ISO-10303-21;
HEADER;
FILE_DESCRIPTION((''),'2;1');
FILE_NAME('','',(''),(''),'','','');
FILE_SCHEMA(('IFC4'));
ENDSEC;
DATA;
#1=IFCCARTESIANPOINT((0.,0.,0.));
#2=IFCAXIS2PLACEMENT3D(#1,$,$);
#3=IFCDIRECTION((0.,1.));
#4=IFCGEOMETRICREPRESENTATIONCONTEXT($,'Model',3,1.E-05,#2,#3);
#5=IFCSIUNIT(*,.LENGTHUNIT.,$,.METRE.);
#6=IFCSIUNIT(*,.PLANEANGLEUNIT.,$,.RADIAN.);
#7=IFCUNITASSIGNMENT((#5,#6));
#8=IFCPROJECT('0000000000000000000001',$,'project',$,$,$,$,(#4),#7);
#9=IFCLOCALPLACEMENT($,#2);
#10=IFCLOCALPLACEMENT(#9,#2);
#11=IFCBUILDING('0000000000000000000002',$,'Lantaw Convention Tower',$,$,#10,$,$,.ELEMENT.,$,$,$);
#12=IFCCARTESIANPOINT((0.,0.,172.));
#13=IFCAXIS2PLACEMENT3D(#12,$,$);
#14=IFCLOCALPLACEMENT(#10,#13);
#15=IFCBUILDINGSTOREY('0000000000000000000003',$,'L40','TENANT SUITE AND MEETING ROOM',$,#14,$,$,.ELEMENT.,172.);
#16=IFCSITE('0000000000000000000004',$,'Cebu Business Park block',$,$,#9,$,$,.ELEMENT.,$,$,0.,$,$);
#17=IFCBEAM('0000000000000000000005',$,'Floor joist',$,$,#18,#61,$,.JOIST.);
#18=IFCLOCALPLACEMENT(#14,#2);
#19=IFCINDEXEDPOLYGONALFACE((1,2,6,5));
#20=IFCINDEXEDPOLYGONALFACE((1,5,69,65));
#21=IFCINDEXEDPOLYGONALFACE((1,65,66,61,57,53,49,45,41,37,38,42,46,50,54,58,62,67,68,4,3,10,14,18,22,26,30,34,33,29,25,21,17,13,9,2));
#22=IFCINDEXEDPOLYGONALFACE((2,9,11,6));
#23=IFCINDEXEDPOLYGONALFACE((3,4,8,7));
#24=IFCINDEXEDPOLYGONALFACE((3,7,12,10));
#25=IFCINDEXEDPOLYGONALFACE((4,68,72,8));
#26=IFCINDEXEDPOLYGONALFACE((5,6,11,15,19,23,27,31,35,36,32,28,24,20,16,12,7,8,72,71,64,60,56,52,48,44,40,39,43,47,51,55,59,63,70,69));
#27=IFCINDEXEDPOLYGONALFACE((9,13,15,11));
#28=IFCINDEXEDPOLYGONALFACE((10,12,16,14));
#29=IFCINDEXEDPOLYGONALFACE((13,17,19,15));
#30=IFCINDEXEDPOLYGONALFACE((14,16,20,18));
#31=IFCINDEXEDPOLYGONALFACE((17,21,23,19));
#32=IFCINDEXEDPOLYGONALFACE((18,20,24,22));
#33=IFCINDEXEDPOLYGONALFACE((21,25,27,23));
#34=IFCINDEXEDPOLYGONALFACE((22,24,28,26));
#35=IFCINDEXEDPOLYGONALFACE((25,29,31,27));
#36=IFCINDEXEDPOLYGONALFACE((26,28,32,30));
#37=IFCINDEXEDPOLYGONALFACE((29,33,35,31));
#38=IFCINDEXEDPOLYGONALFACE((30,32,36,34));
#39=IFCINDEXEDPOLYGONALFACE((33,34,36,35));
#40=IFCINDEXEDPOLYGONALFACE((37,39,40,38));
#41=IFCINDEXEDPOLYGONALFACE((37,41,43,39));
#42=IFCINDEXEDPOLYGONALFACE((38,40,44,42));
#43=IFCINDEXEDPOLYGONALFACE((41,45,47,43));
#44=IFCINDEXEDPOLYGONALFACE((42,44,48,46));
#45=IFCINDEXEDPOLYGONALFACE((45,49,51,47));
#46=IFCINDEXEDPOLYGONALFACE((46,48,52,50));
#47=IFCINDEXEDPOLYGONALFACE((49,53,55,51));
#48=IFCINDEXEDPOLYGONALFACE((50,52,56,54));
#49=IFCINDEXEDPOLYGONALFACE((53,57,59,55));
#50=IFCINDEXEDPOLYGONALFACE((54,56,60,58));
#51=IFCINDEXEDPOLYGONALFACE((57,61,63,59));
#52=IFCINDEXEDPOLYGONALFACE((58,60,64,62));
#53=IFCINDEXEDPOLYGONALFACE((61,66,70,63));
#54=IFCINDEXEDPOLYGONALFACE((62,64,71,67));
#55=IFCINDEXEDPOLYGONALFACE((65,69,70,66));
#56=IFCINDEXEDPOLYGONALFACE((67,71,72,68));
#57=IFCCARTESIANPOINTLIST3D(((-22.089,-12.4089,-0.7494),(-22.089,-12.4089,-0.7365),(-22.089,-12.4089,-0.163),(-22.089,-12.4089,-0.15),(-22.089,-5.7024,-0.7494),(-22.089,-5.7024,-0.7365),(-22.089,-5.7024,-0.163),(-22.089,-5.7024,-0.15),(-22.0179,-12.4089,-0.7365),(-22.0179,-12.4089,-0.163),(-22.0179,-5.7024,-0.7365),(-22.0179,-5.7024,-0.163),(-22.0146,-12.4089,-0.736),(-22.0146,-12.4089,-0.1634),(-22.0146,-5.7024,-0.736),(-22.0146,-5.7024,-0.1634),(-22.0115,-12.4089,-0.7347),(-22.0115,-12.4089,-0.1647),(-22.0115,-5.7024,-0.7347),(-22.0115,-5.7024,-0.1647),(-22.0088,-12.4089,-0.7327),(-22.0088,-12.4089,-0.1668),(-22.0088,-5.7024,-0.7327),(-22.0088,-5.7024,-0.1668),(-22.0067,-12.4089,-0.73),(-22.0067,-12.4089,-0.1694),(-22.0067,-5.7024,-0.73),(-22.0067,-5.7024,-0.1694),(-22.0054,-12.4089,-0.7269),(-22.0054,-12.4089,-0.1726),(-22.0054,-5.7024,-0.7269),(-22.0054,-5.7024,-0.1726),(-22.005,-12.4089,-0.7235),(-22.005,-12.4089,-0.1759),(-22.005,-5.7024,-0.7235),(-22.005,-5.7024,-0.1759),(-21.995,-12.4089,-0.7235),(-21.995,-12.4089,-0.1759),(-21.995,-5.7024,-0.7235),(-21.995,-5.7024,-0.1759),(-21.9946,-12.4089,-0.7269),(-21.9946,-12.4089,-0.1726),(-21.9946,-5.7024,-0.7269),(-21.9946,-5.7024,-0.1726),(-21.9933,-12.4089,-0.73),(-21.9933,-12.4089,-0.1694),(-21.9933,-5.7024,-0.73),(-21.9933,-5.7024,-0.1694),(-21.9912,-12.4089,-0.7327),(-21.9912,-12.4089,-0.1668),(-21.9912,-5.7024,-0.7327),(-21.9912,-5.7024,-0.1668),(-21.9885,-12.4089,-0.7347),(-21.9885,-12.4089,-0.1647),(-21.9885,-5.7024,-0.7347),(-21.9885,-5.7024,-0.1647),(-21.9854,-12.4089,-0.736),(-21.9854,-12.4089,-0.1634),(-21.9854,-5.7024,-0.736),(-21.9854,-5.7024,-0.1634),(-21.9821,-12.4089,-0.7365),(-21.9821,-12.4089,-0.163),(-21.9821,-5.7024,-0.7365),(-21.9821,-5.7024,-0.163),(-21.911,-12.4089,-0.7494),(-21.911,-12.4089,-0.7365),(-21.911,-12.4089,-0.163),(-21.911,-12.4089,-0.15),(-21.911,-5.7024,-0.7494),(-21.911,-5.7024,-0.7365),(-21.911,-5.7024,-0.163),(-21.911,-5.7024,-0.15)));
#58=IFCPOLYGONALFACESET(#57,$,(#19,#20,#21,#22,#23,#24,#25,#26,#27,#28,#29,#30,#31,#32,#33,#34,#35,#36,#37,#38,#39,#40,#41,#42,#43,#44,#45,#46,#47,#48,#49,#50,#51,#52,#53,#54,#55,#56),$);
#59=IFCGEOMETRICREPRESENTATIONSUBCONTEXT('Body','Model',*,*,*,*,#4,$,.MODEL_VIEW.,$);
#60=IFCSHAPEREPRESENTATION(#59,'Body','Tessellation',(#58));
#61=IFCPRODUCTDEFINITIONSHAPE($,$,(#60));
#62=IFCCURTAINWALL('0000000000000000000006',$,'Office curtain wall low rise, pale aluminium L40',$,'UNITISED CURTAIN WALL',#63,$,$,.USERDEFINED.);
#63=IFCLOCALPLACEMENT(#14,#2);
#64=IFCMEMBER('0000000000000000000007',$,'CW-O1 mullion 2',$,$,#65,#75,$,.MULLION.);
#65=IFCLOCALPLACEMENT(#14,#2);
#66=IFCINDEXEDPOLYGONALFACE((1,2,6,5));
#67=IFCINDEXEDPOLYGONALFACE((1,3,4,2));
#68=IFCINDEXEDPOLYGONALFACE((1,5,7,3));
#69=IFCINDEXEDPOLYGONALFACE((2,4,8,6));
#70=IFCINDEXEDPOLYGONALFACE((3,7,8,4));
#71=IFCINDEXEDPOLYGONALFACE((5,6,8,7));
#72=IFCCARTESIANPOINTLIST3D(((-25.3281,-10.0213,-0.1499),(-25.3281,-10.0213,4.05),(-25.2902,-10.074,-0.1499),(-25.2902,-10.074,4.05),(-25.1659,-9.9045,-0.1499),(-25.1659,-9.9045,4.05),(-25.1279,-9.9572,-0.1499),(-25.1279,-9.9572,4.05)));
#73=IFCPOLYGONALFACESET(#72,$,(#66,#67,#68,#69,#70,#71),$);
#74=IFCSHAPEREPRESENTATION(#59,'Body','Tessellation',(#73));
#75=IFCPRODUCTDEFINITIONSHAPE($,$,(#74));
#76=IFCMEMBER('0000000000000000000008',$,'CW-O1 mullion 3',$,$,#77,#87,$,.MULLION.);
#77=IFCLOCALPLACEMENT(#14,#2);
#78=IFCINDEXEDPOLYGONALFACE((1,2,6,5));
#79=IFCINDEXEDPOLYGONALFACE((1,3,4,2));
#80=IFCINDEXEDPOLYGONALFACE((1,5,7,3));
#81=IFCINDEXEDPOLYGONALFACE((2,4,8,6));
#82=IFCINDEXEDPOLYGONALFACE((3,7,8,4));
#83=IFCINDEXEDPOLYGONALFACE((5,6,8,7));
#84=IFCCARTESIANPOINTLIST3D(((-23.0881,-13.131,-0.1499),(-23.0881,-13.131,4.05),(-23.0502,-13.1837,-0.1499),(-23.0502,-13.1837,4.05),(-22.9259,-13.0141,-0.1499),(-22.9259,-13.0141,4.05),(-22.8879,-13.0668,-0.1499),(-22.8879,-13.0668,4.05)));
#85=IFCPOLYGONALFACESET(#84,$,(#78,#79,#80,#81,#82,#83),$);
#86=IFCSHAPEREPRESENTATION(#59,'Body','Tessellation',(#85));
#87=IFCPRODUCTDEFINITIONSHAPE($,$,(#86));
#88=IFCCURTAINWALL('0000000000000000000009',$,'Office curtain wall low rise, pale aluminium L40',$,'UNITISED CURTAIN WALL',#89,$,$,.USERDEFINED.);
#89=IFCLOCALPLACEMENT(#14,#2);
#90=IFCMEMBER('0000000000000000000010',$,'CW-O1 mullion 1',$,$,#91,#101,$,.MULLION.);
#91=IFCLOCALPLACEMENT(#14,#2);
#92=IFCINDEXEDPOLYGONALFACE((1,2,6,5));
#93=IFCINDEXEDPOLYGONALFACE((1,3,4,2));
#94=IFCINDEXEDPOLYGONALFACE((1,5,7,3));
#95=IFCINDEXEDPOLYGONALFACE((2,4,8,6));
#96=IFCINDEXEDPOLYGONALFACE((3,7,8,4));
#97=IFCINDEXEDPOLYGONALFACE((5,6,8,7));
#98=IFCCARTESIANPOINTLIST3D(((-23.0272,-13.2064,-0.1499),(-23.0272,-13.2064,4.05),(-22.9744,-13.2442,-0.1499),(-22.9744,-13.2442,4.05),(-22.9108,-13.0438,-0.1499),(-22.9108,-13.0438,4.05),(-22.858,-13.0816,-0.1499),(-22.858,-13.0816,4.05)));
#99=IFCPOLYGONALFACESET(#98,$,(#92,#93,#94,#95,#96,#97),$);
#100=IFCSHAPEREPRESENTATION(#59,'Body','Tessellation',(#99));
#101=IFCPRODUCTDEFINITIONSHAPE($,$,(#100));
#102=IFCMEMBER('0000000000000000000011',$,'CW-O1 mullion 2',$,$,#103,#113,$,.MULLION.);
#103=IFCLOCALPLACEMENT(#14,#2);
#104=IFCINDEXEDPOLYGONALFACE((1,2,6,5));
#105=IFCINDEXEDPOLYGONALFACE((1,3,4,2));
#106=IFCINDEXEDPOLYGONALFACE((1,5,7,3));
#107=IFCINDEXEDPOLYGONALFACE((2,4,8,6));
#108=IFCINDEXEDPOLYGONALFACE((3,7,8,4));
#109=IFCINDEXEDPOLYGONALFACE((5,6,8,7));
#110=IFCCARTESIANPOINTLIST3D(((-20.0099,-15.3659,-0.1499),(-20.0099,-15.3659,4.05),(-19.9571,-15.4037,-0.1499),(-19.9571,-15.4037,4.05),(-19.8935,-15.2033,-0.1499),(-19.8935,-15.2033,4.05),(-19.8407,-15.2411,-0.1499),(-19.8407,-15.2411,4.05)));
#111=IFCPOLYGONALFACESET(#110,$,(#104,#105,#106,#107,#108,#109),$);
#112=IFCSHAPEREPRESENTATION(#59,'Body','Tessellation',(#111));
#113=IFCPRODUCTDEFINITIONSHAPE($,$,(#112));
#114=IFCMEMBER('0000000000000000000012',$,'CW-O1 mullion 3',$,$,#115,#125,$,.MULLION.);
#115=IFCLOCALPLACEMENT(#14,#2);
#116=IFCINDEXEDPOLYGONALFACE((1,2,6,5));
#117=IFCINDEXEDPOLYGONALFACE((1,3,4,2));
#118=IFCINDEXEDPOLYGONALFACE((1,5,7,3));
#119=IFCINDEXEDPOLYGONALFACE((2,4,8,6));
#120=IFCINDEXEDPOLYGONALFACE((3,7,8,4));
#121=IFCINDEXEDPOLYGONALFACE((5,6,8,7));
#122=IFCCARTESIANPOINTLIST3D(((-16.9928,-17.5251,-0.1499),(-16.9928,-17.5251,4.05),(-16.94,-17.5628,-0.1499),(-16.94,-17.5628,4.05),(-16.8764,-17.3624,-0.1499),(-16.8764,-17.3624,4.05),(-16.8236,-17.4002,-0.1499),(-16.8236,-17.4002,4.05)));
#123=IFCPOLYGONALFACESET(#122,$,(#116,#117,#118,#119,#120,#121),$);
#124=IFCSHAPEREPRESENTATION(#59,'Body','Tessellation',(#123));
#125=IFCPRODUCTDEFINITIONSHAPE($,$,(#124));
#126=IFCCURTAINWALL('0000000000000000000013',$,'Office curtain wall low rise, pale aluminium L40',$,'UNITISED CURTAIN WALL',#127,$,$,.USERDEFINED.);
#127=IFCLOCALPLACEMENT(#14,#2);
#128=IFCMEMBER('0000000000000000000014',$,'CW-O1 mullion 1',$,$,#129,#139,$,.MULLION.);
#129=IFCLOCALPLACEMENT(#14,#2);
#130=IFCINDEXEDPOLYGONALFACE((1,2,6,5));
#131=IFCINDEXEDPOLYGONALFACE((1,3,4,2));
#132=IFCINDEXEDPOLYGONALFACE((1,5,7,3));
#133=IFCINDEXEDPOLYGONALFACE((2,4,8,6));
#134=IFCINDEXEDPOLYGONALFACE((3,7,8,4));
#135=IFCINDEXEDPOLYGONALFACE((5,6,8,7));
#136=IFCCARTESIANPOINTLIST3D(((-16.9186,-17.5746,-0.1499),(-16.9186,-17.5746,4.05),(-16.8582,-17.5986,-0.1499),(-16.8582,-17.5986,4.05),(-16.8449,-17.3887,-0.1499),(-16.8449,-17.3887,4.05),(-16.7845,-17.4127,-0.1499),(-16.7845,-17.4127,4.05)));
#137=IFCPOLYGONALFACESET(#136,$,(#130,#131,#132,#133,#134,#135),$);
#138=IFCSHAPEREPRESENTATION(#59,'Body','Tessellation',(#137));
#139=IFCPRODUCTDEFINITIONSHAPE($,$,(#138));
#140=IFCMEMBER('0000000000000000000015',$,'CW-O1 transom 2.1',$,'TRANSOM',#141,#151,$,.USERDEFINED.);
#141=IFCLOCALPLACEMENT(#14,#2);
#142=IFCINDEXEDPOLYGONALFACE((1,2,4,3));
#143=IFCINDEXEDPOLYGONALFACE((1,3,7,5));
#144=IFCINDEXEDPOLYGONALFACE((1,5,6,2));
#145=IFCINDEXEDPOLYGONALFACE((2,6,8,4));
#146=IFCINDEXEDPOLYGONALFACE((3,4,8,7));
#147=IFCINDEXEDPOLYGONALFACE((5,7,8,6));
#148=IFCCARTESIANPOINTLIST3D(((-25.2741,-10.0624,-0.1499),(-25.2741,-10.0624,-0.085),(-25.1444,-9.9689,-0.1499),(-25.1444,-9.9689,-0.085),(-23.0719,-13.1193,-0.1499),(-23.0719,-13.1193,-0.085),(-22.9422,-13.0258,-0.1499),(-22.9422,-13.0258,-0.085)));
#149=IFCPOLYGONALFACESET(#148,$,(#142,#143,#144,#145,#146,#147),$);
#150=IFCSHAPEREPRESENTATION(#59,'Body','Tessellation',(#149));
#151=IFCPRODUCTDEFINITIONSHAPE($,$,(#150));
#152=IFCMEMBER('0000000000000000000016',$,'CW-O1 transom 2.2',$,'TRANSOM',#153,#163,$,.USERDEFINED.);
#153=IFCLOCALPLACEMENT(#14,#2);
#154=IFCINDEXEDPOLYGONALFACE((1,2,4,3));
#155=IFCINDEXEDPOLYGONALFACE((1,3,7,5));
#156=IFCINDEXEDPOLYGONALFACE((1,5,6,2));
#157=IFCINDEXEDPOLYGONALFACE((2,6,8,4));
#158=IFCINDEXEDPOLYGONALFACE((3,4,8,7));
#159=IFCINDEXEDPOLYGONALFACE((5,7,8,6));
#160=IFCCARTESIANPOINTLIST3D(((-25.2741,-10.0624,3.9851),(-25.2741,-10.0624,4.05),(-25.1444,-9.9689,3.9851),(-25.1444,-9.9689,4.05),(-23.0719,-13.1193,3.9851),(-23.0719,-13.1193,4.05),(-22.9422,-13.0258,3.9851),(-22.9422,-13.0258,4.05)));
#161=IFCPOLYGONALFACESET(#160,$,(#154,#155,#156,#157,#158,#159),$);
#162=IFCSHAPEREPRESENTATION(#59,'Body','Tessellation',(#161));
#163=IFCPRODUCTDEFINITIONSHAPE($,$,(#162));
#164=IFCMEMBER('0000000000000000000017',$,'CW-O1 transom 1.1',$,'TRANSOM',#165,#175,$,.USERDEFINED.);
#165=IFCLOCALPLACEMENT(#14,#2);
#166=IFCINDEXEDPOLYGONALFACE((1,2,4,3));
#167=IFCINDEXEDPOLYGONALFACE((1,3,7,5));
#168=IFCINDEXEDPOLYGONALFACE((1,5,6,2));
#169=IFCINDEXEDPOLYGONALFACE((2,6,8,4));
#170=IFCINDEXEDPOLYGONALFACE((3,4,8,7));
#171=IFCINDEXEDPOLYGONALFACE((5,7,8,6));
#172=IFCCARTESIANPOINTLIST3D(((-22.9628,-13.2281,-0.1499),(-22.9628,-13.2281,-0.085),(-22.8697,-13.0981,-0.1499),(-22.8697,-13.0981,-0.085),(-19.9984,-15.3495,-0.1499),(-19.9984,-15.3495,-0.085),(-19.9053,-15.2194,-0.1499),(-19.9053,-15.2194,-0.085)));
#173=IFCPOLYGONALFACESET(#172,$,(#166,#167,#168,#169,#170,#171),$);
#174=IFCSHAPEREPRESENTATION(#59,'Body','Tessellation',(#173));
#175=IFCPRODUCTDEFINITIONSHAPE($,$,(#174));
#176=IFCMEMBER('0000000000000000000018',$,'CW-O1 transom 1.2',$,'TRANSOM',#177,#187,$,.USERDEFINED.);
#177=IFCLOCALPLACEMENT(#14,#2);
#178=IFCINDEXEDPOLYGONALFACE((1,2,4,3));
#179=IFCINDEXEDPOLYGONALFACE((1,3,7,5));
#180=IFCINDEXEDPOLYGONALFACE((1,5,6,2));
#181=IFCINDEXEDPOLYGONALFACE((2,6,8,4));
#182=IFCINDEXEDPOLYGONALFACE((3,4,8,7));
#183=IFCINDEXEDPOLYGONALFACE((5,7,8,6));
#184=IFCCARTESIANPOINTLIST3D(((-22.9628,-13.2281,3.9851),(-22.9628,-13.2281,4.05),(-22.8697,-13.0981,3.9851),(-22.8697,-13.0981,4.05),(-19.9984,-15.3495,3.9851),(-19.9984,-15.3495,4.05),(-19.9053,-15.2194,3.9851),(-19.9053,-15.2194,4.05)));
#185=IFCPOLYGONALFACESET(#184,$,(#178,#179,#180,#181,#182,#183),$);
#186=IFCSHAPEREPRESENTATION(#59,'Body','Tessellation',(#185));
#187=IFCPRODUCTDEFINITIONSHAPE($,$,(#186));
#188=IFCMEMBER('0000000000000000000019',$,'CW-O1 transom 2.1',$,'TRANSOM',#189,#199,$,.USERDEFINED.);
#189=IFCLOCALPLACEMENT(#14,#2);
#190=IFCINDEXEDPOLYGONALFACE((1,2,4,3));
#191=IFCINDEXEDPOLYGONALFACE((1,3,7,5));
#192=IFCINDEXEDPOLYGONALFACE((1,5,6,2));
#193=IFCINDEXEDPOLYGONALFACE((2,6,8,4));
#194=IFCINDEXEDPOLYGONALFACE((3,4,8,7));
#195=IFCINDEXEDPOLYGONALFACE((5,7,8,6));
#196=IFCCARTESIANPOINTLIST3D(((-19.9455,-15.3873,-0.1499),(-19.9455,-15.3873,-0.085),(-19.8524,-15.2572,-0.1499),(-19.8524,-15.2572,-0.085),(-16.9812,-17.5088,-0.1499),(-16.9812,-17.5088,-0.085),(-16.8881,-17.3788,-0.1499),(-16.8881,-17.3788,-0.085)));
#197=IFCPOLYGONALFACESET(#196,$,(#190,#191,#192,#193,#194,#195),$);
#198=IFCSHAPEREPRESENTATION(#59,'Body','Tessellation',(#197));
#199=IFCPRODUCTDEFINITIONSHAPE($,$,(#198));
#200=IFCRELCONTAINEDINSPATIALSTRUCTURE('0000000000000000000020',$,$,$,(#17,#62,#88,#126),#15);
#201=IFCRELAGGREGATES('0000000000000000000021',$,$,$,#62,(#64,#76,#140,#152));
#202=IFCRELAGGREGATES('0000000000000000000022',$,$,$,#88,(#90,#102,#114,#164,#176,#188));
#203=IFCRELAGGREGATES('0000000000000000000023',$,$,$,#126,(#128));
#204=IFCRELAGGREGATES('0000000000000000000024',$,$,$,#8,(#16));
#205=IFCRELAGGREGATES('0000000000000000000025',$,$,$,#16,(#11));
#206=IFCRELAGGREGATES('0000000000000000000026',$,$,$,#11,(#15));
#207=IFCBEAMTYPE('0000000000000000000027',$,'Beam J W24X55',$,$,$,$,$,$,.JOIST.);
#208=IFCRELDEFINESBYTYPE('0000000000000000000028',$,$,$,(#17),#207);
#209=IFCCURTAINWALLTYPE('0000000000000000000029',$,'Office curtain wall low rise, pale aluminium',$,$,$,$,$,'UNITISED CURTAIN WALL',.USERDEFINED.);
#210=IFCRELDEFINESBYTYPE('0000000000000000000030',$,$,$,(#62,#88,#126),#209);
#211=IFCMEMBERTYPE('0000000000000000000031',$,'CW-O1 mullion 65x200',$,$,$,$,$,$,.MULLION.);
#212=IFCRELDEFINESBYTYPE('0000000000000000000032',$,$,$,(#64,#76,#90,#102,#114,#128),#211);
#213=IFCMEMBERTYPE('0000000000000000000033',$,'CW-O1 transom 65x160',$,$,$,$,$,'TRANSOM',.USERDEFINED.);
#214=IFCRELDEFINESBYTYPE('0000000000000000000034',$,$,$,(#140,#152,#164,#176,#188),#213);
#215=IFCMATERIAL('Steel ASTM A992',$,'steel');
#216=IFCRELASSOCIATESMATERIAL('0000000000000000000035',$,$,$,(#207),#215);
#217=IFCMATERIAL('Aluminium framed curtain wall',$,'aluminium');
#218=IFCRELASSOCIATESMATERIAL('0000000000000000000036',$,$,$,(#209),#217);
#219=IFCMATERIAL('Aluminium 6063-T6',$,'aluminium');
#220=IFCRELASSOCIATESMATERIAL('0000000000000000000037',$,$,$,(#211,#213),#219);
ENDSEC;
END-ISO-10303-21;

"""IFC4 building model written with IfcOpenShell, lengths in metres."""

from ifc_helpers import new_model, si_unit, direction, frame, origin, origin_2d, place, context, subcontext, project, spatial, rectangle, i_section, extrude, material, material_profile, profile_set, type_object, element, aggregate, save


model = new_model("IFC4")

# Units and contexts
model_context = context("Model", 3, precision=1e-05, world=origin(), true_north=direction((0.0, 1.0)))
body_context = subcontext(model_context, "Body", "Model", "MODEL_VIEW")
ifc_project = project(units=[si_unit("LENGTHUNIT", "METRE"), si_unit("PLANEANGLEUNIT", "RADIAN")], contexts=[model_context])

# Site, building, storey
site_placement = place(None, origin())
site = spatial("IfcSite", under=ifc_project, at=site_placement, Name="Cebu Business Park block", CompositionType="ELEMENT", RefElevation=0.0)
building_placement = place(site_placement, origin())
building = spatial("IfcBuilding", under=site, at=building_placement, Name="Lantaw Convention Tower", CompositionType="ELEMENT")
storey_placement = place(building_placement, frame((0.0, 0.0, 172.0)))
storey = spatial("IfcBuildingStorey", under=building, at=storey_placement, Name="L40", Description="TENANT SUITE AND MEETING ROOM", CompositionType="ELEMENT", Elevation=172.0)

# Beam
ifc_material_1 = material(Name="Steel ASTM A992", Category="steel")
ifc_material_profile_1 = material_profile(ifc_material_1, i_section(OverallWidth=0.178, OverallDepth=0.5994, WebThickness=0.01, FlangeThickness=0.0129, FilletRadius=0.0129, at=origin_2d()), Name="W24X55")
ifc_profile_set_1 = profile_set([ifc_material_profile_1], Name="Steel ASTM A992")
beam_type_1 = type_object("IfcBeamType", Name="Beam J W24X55", PredefinedType="JOIST", material=ifc_profile_set_1)
beam_1_placement = place(storey_placement, frame((-22.0, -12.4089, -0.4497), z_axis=(0.0, 1.0, 0.0), x_axis=(-1.0, 0.0, 0.0)))
element("IfcBeam", 1, at=beam_1_placement, inside=storey, type_object=beam_type_1, Name="Floor joist", PredefinedType="JOIST", context=body_context, shape_type="SweptSolid", body=[
    extrude(i_section(OverallWidth=0.178, OverallDepth=0.5994, WebThickness=0.01, FlangeThickness=0.0129, FilletRadius=0.0129, at=origin_2d()), origin(), (0.0, 0.0, 1.0), 6.7065),
])

# Curtain walls, members
ifc_material_2 = material(Name="Aluminium framed curtain wall", Category="aluminium")
curtain_wall_type = type_object("IfcCurtainWallType", Name="Office curtain wall low rise, pale aluminium", ElementType="UNITISED CURTAIN WALL", PredefinedType="USERDEFINED", material=ifc_material_2)
curtain_wall_1_placement = place(storey_placement, origin())
curtain_wall_1 = element("IfcCurtainWall", 2, at=curtain_wall_1_placement, inside=storey, type_object=curtain_wall_type, Name="Office curtain wall low rise, pale aluminium L40", ObjectType="UNITISED CURTAIN WALL", PredefinedType="USERDEFINED")
ifc_material_3 = material(Name="Aluminium 6063-T6", Category="aluminium")
ifc_material_profile_2 = material_profile(ifc_material_3, rectangle(XDim=0.2, YDim=0.0649, at=origin_2d()), Name="CW-O1 mullion 65x200")
ifc_profile_set_2 = profile_set([ifc_material_profile_2], Name="Aluminium 6063-T6")
member_type_1 = type_object("IfcMemberType", Name="CW-O1 mullion 65x200", PredefinedType="MULLION", material=ifc_profile_set_2)
member_1_placement = place(storey_placement, frame((-25.228, -9.9893, -0.1499), z_axis=(0.0, 0.0, 1.0), x_axis=(0.811385, 0.584513, 0.0)))
member_1 = element("IfcMember", 3, at=member_1_placement, type_object=member_type_1, Name="CW-O1 mullion 2", PredefinedType="MULLION", context=body_context, shape_type="SweptSolid", body=[
    extrude(rectangle(XDim=0.2, YDim=0.0649, at=origin_2d()), origin(), (0.0, 0.0, 1.0), 4.2),
])
member_2_placement = place(storey_placement, frame((-22.988, -13.0989, -0.1499), z_axis=(0.0, 0.0, 1.0), x_axis=(0.811385, 0.584513, 0.0)))
member_2 = element("IfcMember", 4, at=member_2_placement, type_object=member_type_1, Name="CW-O1 mullion 3", PredefinedType="MULLION", context=body_context, shape_type="SweptSolid", body=[
    extrude(rectangle(XDim=0.2, YDim=0.0649, at=origin_2d()), origin(), (0.0, 0.0, 1.0), 4.2),
])
curtain_wall_2_placement = place(storey_placement, origin())
curtain_wall_2 = element("IfcCurtainWall", 5, at=curtain_wall_2_placement, inside=storey, type_object=curtain_wall_type, Name="Office curtain wall low rise, pale aluminium L40", ObjectType="UNITISED CURTAIN WALL", PredefinedType="USERDEFINED")
member_3_placement = place(storey_placement, frame((-22.9426, -13.144, -0.1499), z_axis=(0.0, 0.0, 1.0), x_axis=(0.581973, 0.813208, 0.0)))
member_3 = element("IfcMember", 6, at=member_3_placement, type_object=member_type_1, Name="CW-O1 mullion 1", PredefinedType="MULLION", context=body_context, shape_type="SweptSolid", body=[
    extrude(rectangle(XDim=0.2, YDim=0.0649, at=origin_2d()), origin(), (0.0, 0.0, 1.0), 4.2),
])
member_4_placement = place(storey_placement, frame((-19.9253, -15.3035, -0.1499), z_axis=(0.0, 0.0, 1.0), x_axis=(0.581973, 0.813208, 0.0)))
member_4 = element("IfcMember", 7, at=member_4_placement, type_object=member_type_1, Name="CW-O1 mullion 2", PredefinedType="MULLION", context=body_context, shape_type="SweptSolid", body=[
    extrude(rectangle(XDim=0.2, YDim=0.0649, at=origin_2d()), origin(), (0.0, 0.0, 1.0), 4.2),
])
member_5_placement = place(storey_placement, frame((-16.9082, -17.4626, -0.1499), z_axis=(0.0, 0.0, 1.0), x_axis=(0.581973, 0.813208, 0.0)))
member_5 = element("IfcMember", 8, at=member_5_placement, type_object=member_type_1, Name="CW-O1 mullion 3", PredefinedType="MULLION", context=body_context, shape_type="SweptSolid", body=[
    extrude(rectangle(XDim=0.2, YDim=0.0649, at=origin_2d()), origin(), (0.0, 0.0, 1.0), 4.2),
])

# Curtain wall, member
curtain_wall_3_placement = place(storey_placement, origin())
curtain_wall_3 = element("IfcCurtainWall", 9, at=curtain_wall_3_placement, inside=storey, type_object=curtain_wall_type, Name="Office curtain wall low rise, pale aluminium L40", ObjectType="UNITISED CURTAIN WALL", PredefinedType="USERDEFINED")
member_6_placement = place(storey_placement, frame((-16.8516, -17.4937, -0.1499), z_axis=(0.0, 0.0, 1.0), x_axis=(0.368702, 0.929548, 0.0)))
member_6 = element("IfcMember", 10, at=member_6_placement, type_object=member_type_1, Name="CW-O1 mullion 1", PredefinedType="MULLION", context=body_context, shape_type="SweptSolid", body=[
    extrude(rectangle(XDim=0.2, YDim=0.0649, at=origin_2d()), origin(), (0.0, 0.0, 1.0), 4.2),
])

# Members
ifc_material_profile_3 = material_profile(ifc_material_3, rectangle(XDim=0.1599, YDim=0.0649, at=origin_2d()), Name="CW-O1 transom 65x160")
ifc_profile_set_3 = profile_set([ifc_material_profile_3], Name="Aluminium 6063-T6")
member_type_2 = type_object("IfcMemberType", Name="CW-O1 transom 65x160", ElementType="TRANSOM", PredefinedType="USERDEFINED", material=ifc_profile_set_3)
member_7_placement = place(storey_placement, frame((-25.2092, -10.0156, -0.1174), z_axis=(0.584513, -0.811384, 0.0), x_axis=(0.811384, 0.584513, 0.0)))
member_7 = element("IfcMember", 11, at=member_7_placement, type_object=member_type_2, Name="CW-O1 transom 2.1", ObjectType="TRANSOM", PredefinedType="USERDEFINED", context=body_context, shape_type="SweptSolid", body=[
    extrude(rectangle(XDim=0.1599, YDim=0.0649, at=origin_2d()), origin(), (0.0, 0.0, 1.0), 3.7676),
])
member_8_placement = place(storey_placement, frame((-25.2092, -10.0156, 4.0176), z_axis=(0.584513, -0.811384, 0.0), x_axis=(0.811384, 0.584513, 0.0)))
member_8 = element("IfcMember", 12, at=member_8_placement, type_object=member_type_2, Name="CW-O1 transom 2.2", ObjectType="TRANSOM", PredefinedType="USERDEFINED", context=body_context, shape_type="SweptSolid", body=[
    extrude(rectangle(XDim=0.1599, YDim=0.0649, at=origin_2d()), origin(), (0.0, 0.0, 1.0), 3.7676),
])
member_9_placement = place(storey_placement, frame((-22.9163, -13.1631, -0.1174), z_axis=(0.813222, -0.581954, 0.0), x_axis=(0.581954, 0.813222, 0.0)))
member_9 = element("IfcMember", 13, at=member_9_placement, type_object=member_type_2, Name="CW-O1 transom 1.1", ObjectType="TRANSOM", PredefinedType="USERDEFINED", context=body_context, shape_type="SweptSolid", body=[
    extrude(rectangle(XDim=0.1599, YDim=0.0649, at=origin_2d()), origin(), (0.0, 0.0, 1.0), 3.6453),
])
member_10_placement = place(storey_placement, frame((-22.9163, -13.1631, 4.0176), z_axis=(0.813222, -0.581954, 0.0), x_axis=(0.581954, 0.813222, 0.0)))
member_10 = element("IfcMember", 14, at=member_10_placement, type_object=member_type_2, Name="CW-O1 transom 1.2", ObjectType="TRANSOM", PredefinedType="USERDEFINED", context=body_context, shape_type="SweptSolid", body=[
    extrude(rectangle(XDim=0.1599, YDim=0.0649, at=origin_2d()), origin(), (0.0, 0.0, 1.0), 3.6453),
])
member_11_placement = place(storey_placement, frame((-19.8989, -15.3223, -0.1174), z_axis=(0.81319, -0.581998, 0.0), x_axis=(0.581998, 0.81319, 0.0)))
member_11 = element("IfcMember", 15, at=member_11_placement, type_object=member_type_2, Name="CW-O1 transom 2.1", ObjectType="TRANSOM", PredefinedType="USERDEFINED", context=body_context, shape_type="SweptSolid", body=[
    extrude(rectangle(XDim=0.1599, YDim=0.0649, at=origin_2d()), origin(), (0.0, 0.0, 1.0), 3.6453),
])

aggregate(curtain_wall_1, [member_1, member_2, member_7, member_8])
aggregate(curtain_wall_2, [member_3, member_4, member_5, member_9, member_10, member_11])
aggregate(curtain_wall_3, [member_6])

save(model, "model.ifc")
